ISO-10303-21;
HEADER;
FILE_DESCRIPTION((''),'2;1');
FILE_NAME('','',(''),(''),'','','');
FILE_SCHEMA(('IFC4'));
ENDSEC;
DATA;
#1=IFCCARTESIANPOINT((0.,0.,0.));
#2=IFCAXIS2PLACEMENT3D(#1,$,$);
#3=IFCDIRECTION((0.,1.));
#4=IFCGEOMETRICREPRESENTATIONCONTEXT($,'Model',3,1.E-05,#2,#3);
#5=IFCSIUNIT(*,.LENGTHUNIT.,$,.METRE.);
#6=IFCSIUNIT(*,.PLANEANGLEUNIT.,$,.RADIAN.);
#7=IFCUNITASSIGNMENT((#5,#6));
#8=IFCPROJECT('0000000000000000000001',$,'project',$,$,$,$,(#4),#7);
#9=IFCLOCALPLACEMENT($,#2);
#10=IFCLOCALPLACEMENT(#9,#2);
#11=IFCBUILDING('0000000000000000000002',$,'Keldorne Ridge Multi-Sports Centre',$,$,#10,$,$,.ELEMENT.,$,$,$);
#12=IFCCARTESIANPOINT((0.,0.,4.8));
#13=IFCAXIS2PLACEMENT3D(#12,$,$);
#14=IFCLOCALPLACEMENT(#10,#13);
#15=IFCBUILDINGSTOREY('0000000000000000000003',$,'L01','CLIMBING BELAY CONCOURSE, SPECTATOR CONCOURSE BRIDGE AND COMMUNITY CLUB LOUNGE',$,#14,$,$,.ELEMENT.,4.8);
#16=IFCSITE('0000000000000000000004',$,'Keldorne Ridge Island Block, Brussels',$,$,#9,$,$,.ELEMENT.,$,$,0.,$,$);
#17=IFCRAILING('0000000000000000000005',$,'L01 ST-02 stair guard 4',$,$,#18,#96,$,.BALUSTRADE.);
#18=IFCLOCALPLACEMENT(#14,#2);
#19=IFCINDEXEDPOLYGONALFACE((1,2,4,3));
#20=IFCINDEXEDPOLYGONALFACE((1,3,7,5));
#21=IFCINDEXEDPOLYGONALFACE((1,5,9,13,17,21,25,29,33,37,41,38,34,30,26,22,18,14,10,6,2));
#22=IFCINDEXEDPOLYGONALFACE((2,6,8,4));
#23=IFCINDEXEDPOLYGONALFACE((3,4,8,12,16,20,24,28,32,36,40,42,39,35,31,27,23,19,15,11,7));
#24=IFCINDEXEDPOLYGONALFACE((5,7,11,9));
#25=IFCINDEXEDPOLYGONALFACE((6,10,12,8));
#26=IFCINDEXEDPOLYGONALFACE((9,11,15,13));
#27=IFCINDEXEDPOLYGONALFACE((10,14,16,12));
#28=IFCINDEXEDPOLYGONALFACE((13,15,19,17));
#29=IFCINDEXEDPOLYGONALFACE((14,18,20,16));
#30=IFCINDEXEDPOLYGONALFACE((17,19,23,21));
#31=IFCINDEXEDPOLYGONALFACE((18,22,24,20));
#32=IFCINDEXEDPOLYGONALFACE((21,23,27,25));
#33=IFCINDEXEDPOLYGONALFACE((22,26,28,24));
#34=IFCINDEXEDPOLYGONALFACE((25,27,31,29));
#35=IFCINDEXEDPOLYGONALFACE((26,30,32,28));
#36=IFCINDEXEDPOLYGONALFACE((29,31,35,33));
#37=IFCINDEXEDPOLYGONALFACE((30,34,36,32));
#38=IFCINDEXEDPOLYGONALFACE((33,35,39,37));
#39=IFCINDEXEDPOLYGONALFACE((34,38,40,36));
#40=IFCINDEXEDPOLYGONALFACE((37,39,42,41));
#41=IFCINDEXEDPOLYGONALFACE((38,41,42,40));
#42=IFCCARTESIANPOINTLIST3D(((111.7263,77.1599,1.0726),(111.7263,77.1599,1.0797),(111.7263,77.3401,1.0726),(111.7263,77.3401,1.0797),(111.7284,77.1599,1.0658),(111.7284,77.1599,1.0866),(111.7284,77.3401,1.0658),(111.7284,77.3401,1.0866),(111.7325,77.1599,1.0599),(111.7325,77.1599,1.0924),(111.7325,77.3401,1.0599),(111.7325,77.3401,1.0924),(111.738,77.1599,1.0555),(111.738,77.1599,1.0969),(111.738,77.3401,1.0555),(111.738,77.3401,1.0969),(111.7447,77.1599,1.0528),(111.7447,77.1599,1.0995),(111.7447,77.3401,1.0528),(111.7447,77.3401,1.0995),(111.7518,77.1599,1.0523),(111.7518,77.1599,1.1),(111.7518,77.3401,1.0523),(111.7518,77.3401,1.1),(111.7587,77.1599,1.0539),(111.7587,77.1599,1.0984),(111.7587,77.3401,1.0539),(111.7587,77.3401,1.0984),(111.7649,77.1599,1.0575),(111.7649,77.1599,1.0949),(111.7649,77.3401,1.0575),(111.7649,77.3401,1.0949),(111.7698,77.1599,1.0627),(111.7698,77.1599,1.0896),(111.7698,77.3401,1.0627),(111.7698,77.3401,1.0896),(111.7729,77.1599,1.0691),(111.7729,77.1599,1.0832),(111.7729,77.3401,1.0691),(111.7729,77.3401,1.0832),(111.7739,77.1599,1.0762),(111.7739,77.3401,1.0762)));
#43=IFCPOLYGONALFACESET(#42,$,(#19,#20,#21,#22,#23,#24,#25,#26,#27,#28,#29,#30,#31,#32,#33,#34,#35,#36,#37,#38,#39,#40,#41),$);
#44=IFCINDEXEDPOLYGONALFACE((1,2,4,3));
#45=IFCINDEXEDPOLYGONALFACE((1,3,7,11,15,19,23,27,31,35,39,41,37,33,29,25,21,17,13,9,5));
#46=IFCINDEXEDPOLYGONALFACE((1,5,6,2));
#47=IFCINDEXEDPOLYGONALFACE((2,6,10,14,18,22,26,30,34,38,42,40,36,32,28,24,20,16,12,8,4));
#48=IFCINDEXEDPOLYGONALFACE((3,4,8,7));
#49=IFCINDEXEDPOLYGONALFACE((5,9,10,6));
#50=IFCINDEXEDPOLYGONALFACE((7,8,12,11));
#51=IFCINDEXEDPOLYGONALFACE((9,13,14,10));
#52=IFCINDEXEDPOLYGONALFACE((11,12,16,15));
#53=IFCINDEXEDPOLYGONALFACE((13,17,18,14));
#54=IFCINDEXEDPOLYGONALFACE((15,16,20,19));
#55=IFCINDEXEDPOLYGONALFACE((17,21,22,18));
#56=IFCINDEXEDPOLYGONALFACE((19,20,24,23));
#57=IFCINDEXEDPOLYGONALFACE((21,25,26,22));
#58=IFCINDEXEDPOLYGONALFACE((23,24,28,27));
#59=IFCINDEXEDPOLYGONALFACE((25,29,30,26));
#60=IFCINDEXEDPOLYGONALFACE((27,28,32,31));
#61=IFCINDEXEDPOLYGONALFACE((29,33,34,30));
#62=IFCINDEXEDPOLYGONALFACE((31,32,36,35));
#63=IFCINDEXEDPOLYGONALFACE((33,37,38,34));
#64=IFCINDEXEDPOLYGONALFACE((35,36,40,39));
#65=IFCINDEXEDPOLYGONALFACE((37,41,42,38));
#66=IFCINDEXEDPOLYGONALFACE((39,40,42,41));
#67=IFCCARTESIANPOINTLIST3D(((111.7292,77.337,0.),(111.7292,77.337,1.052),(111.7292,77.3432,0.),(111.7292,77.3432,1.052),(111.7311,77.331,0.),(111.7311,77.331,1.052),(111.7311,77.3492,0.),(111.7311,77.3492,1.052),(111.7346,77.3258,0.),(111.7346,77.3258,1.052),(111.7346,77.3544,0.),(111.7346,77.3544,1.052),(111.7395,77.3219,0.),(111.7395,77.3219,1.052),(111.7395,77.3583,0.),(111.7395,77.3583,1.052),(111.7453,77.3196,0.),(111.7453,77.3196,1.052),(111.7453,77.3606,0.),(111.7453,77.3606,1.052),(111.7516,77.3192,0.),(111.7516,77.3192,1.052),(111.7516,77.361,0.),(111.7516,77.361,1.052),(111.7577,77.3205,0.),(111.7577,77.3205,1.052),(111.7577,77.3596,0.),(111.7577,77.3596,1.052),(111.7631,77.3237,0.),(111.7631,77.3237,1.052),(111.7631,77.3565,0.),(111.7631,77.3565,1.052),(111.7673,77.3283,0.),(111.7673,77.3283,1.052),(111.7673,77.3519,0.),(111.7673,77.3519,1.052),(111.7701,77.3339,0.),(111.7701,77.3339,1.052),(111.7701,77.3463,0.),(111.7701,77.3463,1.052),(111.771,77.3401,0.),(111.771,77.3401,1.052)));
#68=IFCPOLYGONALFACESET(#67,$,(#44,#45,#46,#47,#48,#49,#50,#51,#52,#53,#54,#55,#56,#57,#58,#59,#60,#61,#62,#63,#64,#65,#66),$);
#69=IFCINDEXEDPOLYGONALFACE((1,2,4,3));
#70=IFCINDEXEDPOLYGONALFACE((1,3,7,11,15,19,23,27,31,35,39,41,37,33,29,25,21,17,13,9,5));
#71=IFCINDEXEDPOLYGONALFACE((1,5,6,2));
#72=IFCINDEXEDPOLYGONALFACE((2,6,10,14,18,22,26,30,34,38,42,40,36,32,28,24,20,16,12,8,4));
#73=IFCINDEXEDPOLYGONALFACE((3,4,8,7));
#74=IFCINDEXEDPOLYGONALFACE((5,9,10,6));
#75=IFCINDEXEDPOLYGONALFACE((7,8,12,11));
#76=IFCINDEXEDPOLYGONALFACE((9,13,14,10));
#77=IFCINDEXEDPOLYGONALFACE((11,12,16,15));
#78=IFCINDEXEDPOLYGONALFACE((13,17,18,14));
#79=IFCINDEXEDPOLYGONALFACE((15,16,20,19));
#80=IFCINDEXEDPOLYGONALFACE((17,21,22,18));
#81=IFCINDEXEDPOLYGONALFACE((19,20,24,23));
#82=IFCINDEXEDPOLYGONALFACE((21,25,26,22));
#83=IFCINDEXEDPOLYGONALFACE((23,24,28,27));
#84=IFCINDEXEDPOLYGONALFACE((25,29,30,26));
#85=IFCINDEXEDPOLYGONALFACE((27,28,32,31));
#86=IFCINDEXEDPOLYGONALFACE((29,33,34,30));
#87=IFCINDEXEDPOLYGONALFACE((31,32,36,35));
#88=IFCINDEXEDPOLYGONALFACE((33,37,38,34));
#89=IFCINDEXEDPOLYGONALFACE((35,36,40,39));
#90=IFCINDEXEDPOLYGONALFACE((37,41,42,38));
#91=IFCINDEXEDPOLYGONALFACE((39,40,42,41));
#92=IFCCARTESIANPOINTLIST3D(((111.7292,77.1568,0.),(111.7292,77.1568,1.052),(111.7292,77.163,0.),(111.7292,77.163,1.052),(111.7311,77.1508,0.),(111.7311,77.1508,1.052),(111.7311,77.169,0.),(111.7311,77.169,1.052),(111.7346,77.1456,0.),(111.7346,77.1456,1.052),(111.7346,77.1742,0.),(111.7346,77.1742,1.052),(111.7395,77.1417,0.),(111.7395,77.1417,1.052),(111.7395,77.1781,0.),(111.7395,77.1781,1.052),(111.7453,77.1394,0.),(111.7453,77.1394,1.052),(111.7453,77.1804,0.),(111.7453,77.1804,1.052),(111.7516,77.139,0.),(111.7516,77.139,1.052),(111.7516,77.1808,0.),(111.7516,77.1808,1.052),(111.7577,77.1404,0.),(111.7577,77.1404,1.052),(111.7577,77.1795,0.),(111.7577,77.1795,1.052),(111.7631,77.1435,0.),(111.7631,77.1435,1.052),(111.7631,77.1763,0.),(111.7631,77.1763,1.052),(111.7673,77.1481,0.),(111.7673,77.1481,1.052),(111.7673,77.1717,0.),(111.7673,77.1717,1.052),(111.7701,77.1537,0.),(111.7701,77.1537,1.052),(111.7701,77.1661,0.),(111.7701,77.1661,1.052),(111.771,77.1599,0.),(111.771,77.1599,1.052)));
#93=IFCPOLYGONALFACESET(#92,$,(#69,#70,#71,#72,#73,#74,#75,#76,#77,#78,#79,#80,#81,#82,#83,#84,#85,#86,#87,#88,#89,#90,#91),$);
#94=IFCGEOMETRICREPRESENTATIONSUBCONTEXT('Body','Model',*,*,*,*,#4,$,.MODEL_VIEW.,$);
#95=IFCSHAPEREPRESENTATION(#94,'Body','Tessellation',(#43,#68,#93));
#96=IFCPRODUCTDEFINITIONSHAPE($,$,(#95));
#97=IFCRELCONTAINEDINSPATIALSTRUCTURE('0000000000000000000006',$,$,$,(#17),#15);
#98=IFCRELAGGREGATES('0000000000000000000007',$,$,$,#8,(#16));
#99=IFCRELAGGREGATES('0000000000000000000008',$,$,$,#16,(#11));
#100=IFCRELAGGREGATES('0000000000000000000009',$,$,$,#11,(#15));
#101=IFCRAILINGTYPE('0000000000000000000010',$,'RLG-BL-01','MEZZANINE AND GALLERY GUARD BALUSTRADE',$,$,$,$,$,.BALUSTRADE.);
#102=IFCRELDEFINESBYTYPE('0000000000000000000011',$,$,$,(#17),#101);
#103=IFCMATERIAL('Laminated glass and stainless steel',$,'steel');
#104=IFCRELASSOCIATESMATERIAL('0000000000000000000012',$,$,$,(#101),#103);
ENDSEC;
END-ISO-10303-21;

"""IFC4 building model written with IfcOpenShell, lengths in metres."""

from ifc_helpers import new_model, si_unit, direction, frame, origin, origin_2d, place, context, subcontext, project, spatial, circle, extrude, material, type_object, element, save


model = new_model("IFC4")

# Units and contexts
model_context = context("Model", 3, precision=1e-05, world=origin(), true_north=direction((0.0, 1.0)))
body_context = subcontext(model_context, "Body", "Model", "MODEL_VIEW")
ifc_project = project(units=[si_unit("LENGTHUNIT", "METRE"), si_unit("PLANEANGLEUNIT", "RADIAN")], contexts=[model_context])

# Site, building, storey
site_placement = place(None, origin())
site = spatial("IfcSite", under=ifc_project, at=site_placement, Name="Keldorne Ridge Island Block, Brussels", CompositionType="ELEMENT", RefElevation=0.0)
building_placement = place(site_placement, origin())
building = spatial("IfcBuilding", under=site, at=building_placement, Name="Keldorne Ridge Multi-Sports Centre", CompositionType="ELEMENT")
storey_placement = place(building_placement, frame((0.0, 0.0, 4.8)))
storey = spatial("IfcBuildingStorey", under=building, at=storey_placement, Name="L01", Description="CLIMBING BELAY CONCOURSE, SPECTATOR CONCOURSE BRIDGE AND COMMUNITY CLUB LOUNGE", CompositionType="ELEMENT", Elevation=4.8)

# Railing
ifc_material_1 = material(Name="Laminated glass and stainless steel", Category="steel")
railing_type_1 = type_object("IfcRailingType", Name="RLG-BL-01", Description="MEZZANINE AND GALLERY GUARD BALUSTRADE", PredefinedType="BALUSTRADE", material=ifc_material_1)
railing_1_placement = place(storey_placement, frame((111.75, 77.3401, 0.0)))
element("IfcRailing", 1, at=railing_1_placement, inside=storey, type_object=railing_type_1, Name="L01 ST-02 stair guard 4", PredefinedType="BALUSTRADE", context=body_context, shape_type="SweptSolid", body=[
    extrude(circle(Radius=0.0239, at=origin_2d()), frame((0.0, 0.0, 1.0762), z_axis=(0.0, -1.0, 0.0), x_axis=(1.0, 0.0, 0.0)), (0.0, 0.0, 1.0), 0.1802),
    extrude(circle(Radius=0.021, at=origin_2d()), origin(), (0.0, 0.0, 1.0), 1.052),
    extrude(circle(Radius=0.021, at=origin_2d()), frame((0.0, -0.1802, 0.0)), (0.0, 0.0, 1.0), 1.052),
])

save(model, "model.ifc")
